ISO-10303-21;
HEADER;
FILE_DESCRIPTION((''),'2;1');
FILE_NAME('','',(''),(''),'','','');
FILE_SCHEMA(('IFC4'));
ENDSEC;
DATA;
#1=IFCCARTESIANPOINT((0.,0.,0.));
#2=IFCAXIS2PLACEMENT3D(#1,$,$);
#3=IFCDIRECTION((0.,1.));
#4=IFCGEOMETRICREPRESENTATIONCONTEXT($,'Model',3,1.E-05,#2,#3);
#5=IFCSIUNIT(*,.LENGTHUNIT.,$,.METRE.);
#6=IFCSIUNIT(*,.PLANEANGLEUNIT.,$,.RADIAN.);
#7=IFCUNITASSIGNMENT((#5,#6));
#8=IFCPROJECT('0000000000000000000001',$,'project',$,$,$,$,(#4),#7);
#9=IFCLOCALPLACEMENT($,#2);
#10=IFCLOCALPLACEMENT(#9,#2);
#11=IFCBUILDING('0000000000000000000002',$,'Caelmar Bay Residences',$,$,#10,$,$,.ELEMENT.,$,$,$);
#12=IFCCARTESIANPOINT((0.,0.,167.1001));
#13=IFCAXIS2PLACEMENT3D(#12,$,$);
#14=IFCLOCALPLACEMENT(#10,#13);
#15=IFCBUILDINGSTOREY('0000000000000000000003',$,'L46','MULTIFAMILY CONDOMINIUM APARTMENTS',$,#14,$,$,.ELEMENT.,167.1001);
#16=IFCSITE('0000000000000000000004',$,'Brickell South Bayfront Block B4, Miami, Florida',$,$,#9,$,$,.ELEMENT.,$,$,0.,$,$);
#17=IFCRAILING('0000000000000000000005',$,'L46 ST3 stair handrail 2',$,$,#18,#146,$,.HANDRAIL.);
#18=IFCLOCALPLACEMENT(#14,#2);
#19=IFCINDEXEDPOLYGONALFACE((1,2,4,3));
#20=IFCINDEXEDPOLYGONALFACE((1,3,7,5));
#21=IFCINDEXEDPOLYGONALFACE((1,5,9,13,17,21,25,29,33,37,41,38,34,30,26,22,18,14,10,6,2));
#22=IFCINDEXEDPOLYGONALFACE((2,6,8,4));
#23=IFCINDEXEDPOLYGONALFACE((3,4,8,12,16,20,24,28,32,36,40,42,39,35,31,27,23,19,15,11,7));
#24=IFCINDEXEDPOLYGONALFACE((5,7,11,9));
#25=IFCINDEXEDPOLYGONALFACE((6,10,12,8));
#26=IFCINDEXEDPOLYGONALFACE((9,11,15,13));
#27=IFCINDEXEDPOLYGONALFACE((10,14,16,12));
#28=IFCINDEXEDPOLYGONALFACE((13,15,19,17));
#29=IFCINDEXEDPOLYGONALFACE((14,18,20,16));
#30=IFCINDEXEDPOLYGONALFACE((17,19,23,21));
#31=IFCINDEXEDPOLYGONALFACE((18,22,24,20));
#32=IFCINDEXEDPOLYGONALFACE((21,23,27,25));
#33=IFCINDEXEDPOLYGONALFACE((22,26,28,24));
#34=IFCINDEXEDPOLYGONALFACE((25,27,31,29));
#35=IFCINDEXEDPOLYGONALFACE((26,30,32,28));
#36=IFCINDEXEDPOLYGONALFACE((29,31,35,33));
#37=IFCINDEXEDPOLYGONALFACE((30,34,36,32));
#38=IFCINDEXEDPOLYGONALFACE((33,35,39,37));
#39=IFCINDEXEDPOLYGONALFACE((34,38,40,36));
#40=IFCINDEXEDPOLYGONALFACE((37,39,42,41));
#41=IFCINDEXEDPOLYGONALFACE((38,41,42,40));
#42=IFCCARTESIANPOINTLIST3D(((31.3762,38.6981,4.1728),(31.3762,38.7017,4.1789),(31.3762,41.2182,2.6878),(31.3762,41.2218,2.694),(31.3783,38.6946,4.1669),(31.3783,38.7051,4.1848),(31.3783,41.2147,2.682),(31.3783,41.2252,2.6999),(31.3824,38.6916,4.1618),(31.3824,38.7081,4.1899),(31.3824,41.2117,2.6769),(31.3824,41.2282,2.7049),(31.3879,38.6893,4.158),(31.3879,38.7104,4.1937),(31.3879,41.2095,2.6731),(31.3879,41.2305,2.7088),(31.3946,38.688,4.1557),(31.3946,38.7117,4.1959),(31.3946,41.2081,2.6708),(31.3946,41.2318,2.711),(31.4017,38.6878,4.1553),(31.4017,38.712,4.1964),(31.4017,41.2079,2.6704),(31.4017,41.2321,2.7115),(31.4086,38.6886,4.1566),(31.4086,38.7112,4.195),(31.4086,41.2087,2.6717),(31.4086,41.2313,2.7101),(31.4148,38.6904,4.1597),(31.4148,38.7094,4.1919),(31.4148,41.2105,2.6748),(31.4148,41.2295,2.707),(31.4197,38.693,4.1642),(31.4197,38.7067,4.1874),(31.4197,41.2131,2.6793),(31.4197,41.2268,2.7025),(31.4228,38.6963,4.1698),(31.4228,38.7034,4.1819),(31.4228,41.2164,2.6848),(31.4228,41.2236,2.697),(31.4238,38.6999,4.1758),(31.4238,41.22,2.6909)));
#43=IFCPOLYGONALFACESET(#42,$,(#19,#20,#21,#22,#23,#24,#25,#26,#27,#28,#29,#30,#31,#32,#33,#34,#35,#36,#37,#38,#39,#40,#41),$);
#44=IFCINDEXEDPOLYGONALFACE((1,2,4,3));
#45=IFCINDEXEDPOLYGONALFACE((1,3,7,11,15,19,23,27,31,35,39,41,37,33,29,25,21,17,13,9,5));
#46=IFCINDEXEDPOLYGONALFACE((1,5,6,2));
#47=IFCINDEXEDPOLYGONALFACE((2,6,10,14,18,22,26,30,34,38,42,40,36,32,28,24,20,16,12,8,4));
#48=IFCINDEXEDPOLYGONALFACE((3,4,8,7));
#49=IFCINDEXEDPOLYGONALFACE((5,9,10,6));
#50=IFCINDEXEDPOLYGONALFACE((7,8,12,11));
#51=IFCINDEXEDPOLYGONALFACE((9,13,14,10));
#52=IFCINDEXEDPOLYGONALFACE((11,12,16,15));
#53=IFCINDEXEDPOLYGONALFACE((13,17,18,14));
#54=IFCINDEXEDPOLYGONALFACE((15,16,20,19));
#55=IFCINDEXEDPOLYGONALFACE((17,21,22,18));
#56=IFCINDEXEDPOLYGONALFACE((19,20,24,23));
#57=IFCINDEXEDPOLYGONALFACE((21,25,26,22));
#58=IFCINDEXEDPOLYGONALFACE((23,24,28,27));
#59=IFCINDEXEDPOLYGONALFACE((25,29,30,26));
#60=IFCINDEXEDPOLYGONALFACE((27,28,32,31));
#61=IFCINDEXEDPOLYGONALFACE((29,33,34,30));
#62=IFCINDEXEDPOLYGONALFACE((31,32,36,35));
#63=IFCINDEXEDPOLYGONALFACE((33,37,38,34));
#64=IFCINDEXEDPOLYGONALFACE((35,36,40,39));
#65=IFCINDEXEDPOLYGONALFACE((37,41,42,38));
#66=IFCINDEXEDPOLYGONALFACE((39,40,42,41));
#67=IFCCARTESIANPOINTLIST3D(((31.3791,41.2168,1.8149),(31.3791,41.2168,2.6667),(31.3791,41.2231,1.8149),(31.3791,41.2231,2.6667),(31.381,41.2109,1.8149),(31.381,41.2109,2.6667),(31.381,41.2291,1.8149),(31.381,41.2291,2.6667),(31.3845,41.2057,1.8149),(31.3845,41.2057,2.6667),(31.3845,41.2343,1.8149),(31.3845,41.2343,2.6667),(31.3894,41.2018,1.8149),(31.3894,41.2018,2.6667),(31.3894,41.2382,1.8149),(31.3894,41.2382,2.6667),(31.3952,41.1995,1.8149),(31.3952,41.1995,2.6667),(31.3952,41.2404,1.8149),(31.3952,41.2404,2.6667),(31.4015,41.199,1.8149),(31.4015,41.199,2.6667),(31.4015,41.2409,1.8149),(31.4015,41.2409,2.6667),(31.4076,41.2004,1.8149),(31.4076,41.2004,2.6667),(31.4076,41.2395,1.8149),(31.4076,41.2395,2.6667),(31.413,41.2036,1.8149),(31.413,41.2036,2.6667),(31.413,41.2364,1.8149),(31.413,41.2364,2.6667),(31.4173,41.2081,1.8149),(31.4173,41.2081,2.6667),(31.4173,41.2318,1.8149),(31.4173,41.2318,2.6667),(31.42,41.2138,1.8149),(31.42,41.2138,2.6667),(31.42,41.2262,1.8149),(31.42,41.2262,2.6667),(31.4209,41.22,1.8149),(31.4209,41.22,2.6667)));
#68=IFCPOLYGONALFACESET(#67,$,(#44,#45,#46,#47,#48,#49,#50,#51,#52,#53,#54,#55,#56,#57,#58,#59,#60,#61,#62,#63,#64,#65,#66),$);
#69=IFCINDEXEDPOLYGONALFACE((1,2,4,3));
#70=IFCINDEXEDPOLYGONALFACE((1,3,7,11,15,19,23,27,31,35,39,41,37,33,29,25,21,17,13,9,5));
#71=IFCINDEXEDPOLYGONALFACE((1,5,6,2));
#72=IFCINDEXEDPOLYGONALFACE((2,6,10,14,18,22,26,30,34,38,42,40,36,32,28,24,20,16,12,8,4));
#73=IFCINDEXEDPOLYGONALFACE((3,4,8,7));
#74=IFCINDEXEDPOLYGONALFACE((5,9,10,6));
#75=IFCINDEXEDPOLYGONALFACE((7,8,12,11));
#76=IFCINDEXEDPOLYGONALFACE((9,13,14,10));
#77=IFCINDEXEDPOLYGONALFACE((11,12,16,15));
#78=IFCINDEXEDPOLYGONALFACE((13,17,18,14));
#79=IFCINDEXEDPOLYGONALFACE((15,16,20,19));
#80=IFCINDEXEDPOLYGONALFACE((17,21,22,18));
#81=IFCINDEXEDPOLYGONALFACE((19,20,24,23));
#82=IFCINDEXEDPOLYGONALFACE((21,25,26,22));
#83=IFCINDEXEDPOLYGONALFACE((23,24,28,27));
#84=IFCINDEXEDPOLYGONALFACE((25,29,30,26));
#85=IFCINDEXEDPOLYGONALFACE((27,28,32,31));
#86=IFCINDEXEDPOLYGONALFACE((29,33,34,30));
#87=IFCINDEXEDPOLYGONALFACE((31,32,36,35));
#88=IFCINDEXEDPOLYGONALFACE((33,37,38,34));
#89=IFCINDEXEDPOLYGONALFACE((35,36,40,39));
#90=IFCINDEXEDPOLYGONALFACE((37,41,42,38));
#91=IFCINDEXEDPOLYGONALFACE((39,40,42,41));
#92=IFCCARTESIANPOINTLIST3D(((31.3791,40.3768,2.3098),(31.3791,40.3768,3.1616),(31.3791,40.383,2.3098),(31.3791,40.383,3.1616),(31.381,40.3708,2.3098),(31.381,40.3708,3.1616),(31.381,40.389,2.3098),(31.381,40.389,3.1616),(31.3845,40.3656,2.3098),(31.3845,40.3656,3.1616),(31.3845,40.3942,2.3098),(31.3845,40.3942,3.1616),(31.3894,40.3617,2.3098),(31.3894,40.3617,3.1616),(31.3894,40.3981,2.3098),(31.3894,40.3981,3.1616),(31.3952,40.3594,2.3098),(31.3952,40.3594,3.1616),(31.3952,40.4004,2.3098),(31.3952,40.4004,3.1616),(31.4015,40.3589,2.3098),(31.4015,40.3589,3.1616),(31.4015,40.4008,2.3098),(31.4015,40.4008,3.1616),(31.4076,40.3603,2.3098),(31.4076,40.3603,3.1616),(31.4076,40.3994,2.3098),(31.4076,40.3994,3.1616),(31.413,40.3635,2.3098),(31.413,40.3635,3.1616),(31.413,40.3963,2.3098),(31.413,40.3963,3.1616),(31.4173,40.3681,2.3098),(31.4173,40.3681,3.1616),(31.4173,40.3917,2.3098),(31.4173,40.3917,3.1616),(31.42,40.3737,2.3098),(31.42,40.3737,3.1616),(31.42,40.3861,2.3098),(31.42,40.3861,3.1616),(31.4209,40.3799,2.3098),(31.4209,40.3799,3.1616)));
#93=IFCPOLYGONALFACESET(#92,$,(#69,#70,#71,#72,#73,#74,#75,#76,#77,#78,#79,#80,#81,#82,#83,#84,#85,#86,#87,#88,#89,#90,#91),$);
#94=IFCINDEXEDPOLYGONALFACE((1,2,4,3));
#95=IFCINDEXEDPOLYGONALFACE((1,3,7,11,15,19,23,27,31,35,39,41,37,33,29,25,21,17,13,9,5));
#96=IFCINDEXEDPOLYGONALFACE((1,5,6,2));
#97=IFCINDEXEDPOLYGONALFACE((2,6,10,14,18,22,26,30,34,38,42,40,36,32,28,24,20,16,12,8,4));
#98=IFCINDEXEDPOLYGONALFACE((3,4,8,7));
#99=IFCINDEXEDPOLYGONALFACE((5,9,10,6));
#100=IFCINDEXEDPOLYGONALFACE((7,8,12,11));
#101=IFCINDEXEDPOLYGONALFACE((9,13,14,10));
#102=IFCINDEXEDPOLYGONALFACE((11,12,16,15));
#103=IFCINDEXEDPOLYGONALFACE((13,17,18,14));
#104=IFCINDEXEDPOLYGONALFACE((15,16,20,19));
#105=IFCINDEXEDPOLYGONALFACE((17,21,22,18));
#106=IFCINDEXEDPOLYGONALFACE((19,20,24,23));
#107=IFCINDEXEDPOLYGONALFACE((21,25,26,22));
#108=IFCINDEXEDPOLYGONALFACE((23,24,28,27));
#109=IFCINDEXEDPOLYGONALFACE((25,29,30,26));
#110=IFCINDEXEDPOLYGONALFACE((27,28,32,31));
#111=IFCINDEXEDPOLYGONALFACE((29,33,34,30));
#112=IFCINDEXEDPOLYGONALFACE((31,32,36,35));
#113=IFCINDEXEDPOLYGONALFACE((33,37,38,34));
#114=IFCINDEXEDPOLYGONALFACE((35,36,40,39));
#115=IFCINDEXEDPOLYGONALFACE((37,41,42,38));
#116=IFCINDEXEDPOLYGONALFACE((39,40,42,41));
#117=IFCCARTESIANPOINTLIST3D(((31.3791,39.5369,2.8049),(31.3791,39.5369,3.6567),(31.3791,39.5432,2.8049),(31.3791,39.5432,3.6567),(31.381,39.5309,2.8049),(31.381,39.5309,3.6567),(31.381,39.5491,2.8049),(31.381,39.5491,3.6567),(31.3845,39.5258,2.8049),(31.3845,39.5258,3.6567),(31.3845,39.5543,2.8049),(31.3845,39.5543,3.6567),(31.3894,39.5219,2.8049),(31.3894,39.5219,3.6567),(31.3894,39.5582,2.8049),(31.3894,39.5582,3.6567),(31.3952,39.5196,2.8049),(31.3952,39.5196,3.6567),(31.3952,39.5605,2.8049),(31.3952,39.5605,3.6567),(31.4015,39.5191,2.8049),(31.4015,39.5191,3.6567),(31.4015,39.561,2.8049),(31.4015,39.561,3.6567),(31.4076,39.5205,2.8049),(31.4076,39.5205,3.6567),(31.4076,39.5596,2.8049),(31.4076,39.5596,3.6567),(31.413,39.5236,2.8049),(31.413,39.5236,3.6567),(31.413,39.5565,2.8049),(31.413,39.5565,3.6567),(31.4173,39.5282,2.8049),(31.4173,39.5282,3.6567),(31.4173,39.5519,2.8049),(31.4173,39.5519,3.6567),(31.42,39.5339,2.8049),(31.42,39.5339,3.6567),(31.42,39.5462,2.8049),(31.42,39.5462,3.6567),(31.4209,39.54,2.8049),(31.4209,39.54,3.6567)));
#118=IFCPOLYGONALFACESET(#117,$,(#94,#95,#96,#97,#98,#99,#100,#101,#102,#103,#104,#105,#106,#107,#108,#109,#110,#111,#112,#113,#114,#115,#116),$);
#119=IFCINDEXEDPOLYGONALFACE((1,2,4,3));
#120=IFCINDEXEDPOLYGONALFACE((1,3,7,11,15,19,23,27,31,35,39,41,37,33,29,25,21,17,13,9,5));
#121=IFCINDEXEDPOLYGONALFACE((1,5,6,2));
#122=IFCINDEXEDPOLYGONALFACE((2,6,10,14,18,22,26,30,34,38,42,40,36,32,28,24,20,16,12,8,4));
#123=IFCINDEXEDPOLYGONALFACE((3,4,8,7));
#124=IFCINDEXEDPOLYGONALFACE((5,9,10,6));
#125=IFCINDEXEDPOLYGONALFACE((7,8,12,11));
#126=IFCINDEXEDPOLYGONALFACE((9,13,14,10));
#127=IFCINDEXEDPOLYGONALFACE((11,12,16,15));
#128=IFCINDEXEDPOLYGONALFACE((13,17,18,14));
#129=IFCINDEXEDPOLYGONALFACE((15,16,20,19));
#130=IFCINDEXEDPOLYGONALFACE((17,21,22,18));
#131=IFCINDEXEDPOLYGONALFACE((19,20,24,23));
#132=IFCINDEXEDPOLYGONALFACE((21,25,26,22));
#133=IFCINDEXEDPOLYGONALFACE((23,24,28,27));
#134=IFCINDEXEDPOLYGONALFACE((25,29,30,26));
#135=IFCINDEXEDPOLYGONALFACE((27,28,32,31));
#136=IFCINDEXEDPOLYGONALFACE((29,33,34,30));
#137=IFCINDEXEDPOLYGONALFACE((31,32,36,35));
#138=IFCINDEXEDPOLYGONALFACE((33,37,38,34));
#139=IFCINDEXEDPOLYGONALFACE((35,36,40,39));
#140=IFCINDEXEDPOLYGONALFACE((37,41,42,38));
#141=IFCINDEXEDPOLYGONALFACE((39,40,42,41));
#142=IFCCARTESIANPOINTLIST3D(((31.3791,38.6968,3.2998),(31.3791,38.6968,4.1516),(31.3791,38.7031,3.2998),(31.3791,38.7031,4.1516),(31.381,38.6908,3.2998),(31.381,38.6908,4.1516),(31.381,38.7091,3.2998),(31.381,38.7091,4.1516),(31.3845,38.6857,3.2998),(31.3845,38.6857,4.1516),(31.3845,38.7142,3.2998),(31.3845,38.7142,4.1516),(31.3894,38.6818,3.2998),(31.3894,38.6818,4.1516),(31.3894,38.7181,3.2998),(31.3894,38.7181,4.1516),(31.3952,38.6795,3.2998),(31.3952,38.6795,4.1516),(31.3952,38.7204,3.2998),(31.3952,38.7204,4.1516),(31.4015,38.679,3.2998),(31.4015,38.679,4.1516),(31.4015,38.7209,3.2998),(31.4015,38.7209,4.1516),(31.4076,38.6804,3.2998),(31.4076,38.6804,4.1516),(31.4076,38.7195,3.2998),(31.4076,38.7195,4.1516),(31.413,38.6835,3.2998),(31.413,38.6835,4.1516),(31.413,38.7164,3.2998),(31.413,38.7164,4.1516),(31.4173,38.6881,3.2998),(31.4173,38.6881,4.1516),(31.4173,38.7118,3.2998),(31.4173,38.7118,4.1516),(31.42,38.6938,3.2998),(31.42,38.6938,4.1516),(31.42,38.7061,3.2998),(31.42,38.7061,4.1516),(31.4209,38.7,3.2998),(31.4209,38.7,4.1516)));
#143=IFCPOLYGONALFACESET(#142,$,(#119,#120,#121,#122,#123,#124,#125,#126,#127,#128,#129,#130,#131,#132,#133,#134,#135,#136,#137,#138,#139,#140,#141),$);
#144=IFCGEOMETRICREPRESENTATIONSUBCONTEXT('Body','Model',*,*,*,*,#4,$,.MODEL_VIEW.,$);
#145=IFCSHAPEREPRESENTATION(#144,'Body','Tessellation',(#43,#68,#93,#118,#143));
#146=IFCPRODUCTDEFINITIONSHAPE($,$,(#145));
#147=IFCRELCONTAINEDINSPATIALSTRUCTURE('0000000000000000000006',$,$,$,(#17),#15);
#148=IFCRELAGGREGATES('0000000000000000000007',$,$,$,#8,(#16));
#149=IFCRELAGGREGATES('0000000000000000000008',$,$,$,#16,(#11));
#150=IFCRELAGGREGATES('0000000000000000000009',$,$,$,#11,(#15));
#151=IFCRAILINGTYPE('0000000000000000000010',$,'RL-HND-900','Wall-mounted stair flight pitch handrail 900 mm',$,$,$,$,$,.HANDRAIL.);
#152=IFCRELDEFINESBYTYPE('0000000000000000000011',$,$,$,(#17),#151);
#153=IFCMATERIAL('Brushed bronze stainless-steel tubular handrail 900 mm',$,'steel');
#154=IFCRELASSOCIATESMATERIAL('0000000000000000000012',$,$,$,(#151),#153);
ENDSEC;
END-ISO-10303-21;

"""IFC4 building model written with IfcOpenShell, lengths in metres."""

from ifc_helpers import new_model, si_unit, direction, frame, origin, origin_2d, place, context, subcontext, project, spatial, circle, extrude, material, type_object, element, save


model = new_model("IFC4")

# Units and contexts
model_context = context("Model", 3, precision=1e-05, world=origin(), true_north=direction((0.0, 1.0)))
body_context = subcontext(model_context, "Body", "Model", "MODEL_VIEW")
ifc_project = project(units=[si_unit("LENGTHUNIT", "METRE"), si_unit("PLANEANGLEUNIT", "RADIAN")], contexts=[model_context])

# Site, building, storey
site_placement = place(None, origin())
site = spatial("IfcSite", under=ifc_project, at=site_placement, Name="Brickell South Bayfront Block B4, Miami, Florida", CompositionType="ELEMENT", RefElevation=0.0)
building_placement = place(site_placement, origin())
building = spatial("IfcBuilding", under=site, at=building_placement, Name="Caelmar Bay Residences", CompositionType="ELEMENT")
storey_placement = place(building_placement, frame((0.0, 0.0, 167.1001)))
storey = spatial("IfcBuildingStorey", under=building, at=storey_placement, Name="L46", Description="MULTIFAMILY CONDOMINIUM APARTMENTS", CompositionType="ELEMENT", Elevation=167.1001)

# Railing
ifc_material_1 = material(Name="Brushed bronze stainless-steel tubular handrail 900 mm", Category="steel")
railing_type_1 = type_object("IfcRailingType", Name="RL-HND-900", Description="Wall-mounted stair flight pitch handrail 900 mm", PredefinedType="HANDRAIL", material=ifc_material_1)
railing_1_placement = place(storey_placement, frame((31.3999, 41.22, 1.8149)))
element("IfcRailing", 1, at=railing_1_placement, inside=storey, type_object=railing_type_1, Name="L46 ST3 stair handrail 2", PredefinedType="HANDRAIL", context=body_context, shape_type="SweptSolid", body=[
    extrude(circle(Radius=0.0239, at=origin_2d()), frame((0.0, 0.0, 0.876), z_axis=(0.0, -0.861561, 0.507655), x_axis=(1.0, 0.0, 0.0)), (0.0, 0.0, 1.0), 2.925),
    extrude(circle(Radius=0.021, at=origin_2d()), origin(), (0.0, 0.0, 1.0), 0.8518),
    extrude(circle(Radius=0.021, at=origin_2d()), frame((0.0, -0.8401, 0.4949)), (0.0, 0.0, 1.0), 0.8518),
    extrude(circle(Radius=0.021, at=origin_2d()), frame((0.0, -1.6799, 0.99)), (0.0, 0.0, 1.0), 0.8518),
    extrude(circle(Radius=0.021, at=origin_2d()), frame((0.0, -2.52, 1.4849)), (0.0, 0.0, 1.0), 0.8518),
])

save(model, "model.ifc")
